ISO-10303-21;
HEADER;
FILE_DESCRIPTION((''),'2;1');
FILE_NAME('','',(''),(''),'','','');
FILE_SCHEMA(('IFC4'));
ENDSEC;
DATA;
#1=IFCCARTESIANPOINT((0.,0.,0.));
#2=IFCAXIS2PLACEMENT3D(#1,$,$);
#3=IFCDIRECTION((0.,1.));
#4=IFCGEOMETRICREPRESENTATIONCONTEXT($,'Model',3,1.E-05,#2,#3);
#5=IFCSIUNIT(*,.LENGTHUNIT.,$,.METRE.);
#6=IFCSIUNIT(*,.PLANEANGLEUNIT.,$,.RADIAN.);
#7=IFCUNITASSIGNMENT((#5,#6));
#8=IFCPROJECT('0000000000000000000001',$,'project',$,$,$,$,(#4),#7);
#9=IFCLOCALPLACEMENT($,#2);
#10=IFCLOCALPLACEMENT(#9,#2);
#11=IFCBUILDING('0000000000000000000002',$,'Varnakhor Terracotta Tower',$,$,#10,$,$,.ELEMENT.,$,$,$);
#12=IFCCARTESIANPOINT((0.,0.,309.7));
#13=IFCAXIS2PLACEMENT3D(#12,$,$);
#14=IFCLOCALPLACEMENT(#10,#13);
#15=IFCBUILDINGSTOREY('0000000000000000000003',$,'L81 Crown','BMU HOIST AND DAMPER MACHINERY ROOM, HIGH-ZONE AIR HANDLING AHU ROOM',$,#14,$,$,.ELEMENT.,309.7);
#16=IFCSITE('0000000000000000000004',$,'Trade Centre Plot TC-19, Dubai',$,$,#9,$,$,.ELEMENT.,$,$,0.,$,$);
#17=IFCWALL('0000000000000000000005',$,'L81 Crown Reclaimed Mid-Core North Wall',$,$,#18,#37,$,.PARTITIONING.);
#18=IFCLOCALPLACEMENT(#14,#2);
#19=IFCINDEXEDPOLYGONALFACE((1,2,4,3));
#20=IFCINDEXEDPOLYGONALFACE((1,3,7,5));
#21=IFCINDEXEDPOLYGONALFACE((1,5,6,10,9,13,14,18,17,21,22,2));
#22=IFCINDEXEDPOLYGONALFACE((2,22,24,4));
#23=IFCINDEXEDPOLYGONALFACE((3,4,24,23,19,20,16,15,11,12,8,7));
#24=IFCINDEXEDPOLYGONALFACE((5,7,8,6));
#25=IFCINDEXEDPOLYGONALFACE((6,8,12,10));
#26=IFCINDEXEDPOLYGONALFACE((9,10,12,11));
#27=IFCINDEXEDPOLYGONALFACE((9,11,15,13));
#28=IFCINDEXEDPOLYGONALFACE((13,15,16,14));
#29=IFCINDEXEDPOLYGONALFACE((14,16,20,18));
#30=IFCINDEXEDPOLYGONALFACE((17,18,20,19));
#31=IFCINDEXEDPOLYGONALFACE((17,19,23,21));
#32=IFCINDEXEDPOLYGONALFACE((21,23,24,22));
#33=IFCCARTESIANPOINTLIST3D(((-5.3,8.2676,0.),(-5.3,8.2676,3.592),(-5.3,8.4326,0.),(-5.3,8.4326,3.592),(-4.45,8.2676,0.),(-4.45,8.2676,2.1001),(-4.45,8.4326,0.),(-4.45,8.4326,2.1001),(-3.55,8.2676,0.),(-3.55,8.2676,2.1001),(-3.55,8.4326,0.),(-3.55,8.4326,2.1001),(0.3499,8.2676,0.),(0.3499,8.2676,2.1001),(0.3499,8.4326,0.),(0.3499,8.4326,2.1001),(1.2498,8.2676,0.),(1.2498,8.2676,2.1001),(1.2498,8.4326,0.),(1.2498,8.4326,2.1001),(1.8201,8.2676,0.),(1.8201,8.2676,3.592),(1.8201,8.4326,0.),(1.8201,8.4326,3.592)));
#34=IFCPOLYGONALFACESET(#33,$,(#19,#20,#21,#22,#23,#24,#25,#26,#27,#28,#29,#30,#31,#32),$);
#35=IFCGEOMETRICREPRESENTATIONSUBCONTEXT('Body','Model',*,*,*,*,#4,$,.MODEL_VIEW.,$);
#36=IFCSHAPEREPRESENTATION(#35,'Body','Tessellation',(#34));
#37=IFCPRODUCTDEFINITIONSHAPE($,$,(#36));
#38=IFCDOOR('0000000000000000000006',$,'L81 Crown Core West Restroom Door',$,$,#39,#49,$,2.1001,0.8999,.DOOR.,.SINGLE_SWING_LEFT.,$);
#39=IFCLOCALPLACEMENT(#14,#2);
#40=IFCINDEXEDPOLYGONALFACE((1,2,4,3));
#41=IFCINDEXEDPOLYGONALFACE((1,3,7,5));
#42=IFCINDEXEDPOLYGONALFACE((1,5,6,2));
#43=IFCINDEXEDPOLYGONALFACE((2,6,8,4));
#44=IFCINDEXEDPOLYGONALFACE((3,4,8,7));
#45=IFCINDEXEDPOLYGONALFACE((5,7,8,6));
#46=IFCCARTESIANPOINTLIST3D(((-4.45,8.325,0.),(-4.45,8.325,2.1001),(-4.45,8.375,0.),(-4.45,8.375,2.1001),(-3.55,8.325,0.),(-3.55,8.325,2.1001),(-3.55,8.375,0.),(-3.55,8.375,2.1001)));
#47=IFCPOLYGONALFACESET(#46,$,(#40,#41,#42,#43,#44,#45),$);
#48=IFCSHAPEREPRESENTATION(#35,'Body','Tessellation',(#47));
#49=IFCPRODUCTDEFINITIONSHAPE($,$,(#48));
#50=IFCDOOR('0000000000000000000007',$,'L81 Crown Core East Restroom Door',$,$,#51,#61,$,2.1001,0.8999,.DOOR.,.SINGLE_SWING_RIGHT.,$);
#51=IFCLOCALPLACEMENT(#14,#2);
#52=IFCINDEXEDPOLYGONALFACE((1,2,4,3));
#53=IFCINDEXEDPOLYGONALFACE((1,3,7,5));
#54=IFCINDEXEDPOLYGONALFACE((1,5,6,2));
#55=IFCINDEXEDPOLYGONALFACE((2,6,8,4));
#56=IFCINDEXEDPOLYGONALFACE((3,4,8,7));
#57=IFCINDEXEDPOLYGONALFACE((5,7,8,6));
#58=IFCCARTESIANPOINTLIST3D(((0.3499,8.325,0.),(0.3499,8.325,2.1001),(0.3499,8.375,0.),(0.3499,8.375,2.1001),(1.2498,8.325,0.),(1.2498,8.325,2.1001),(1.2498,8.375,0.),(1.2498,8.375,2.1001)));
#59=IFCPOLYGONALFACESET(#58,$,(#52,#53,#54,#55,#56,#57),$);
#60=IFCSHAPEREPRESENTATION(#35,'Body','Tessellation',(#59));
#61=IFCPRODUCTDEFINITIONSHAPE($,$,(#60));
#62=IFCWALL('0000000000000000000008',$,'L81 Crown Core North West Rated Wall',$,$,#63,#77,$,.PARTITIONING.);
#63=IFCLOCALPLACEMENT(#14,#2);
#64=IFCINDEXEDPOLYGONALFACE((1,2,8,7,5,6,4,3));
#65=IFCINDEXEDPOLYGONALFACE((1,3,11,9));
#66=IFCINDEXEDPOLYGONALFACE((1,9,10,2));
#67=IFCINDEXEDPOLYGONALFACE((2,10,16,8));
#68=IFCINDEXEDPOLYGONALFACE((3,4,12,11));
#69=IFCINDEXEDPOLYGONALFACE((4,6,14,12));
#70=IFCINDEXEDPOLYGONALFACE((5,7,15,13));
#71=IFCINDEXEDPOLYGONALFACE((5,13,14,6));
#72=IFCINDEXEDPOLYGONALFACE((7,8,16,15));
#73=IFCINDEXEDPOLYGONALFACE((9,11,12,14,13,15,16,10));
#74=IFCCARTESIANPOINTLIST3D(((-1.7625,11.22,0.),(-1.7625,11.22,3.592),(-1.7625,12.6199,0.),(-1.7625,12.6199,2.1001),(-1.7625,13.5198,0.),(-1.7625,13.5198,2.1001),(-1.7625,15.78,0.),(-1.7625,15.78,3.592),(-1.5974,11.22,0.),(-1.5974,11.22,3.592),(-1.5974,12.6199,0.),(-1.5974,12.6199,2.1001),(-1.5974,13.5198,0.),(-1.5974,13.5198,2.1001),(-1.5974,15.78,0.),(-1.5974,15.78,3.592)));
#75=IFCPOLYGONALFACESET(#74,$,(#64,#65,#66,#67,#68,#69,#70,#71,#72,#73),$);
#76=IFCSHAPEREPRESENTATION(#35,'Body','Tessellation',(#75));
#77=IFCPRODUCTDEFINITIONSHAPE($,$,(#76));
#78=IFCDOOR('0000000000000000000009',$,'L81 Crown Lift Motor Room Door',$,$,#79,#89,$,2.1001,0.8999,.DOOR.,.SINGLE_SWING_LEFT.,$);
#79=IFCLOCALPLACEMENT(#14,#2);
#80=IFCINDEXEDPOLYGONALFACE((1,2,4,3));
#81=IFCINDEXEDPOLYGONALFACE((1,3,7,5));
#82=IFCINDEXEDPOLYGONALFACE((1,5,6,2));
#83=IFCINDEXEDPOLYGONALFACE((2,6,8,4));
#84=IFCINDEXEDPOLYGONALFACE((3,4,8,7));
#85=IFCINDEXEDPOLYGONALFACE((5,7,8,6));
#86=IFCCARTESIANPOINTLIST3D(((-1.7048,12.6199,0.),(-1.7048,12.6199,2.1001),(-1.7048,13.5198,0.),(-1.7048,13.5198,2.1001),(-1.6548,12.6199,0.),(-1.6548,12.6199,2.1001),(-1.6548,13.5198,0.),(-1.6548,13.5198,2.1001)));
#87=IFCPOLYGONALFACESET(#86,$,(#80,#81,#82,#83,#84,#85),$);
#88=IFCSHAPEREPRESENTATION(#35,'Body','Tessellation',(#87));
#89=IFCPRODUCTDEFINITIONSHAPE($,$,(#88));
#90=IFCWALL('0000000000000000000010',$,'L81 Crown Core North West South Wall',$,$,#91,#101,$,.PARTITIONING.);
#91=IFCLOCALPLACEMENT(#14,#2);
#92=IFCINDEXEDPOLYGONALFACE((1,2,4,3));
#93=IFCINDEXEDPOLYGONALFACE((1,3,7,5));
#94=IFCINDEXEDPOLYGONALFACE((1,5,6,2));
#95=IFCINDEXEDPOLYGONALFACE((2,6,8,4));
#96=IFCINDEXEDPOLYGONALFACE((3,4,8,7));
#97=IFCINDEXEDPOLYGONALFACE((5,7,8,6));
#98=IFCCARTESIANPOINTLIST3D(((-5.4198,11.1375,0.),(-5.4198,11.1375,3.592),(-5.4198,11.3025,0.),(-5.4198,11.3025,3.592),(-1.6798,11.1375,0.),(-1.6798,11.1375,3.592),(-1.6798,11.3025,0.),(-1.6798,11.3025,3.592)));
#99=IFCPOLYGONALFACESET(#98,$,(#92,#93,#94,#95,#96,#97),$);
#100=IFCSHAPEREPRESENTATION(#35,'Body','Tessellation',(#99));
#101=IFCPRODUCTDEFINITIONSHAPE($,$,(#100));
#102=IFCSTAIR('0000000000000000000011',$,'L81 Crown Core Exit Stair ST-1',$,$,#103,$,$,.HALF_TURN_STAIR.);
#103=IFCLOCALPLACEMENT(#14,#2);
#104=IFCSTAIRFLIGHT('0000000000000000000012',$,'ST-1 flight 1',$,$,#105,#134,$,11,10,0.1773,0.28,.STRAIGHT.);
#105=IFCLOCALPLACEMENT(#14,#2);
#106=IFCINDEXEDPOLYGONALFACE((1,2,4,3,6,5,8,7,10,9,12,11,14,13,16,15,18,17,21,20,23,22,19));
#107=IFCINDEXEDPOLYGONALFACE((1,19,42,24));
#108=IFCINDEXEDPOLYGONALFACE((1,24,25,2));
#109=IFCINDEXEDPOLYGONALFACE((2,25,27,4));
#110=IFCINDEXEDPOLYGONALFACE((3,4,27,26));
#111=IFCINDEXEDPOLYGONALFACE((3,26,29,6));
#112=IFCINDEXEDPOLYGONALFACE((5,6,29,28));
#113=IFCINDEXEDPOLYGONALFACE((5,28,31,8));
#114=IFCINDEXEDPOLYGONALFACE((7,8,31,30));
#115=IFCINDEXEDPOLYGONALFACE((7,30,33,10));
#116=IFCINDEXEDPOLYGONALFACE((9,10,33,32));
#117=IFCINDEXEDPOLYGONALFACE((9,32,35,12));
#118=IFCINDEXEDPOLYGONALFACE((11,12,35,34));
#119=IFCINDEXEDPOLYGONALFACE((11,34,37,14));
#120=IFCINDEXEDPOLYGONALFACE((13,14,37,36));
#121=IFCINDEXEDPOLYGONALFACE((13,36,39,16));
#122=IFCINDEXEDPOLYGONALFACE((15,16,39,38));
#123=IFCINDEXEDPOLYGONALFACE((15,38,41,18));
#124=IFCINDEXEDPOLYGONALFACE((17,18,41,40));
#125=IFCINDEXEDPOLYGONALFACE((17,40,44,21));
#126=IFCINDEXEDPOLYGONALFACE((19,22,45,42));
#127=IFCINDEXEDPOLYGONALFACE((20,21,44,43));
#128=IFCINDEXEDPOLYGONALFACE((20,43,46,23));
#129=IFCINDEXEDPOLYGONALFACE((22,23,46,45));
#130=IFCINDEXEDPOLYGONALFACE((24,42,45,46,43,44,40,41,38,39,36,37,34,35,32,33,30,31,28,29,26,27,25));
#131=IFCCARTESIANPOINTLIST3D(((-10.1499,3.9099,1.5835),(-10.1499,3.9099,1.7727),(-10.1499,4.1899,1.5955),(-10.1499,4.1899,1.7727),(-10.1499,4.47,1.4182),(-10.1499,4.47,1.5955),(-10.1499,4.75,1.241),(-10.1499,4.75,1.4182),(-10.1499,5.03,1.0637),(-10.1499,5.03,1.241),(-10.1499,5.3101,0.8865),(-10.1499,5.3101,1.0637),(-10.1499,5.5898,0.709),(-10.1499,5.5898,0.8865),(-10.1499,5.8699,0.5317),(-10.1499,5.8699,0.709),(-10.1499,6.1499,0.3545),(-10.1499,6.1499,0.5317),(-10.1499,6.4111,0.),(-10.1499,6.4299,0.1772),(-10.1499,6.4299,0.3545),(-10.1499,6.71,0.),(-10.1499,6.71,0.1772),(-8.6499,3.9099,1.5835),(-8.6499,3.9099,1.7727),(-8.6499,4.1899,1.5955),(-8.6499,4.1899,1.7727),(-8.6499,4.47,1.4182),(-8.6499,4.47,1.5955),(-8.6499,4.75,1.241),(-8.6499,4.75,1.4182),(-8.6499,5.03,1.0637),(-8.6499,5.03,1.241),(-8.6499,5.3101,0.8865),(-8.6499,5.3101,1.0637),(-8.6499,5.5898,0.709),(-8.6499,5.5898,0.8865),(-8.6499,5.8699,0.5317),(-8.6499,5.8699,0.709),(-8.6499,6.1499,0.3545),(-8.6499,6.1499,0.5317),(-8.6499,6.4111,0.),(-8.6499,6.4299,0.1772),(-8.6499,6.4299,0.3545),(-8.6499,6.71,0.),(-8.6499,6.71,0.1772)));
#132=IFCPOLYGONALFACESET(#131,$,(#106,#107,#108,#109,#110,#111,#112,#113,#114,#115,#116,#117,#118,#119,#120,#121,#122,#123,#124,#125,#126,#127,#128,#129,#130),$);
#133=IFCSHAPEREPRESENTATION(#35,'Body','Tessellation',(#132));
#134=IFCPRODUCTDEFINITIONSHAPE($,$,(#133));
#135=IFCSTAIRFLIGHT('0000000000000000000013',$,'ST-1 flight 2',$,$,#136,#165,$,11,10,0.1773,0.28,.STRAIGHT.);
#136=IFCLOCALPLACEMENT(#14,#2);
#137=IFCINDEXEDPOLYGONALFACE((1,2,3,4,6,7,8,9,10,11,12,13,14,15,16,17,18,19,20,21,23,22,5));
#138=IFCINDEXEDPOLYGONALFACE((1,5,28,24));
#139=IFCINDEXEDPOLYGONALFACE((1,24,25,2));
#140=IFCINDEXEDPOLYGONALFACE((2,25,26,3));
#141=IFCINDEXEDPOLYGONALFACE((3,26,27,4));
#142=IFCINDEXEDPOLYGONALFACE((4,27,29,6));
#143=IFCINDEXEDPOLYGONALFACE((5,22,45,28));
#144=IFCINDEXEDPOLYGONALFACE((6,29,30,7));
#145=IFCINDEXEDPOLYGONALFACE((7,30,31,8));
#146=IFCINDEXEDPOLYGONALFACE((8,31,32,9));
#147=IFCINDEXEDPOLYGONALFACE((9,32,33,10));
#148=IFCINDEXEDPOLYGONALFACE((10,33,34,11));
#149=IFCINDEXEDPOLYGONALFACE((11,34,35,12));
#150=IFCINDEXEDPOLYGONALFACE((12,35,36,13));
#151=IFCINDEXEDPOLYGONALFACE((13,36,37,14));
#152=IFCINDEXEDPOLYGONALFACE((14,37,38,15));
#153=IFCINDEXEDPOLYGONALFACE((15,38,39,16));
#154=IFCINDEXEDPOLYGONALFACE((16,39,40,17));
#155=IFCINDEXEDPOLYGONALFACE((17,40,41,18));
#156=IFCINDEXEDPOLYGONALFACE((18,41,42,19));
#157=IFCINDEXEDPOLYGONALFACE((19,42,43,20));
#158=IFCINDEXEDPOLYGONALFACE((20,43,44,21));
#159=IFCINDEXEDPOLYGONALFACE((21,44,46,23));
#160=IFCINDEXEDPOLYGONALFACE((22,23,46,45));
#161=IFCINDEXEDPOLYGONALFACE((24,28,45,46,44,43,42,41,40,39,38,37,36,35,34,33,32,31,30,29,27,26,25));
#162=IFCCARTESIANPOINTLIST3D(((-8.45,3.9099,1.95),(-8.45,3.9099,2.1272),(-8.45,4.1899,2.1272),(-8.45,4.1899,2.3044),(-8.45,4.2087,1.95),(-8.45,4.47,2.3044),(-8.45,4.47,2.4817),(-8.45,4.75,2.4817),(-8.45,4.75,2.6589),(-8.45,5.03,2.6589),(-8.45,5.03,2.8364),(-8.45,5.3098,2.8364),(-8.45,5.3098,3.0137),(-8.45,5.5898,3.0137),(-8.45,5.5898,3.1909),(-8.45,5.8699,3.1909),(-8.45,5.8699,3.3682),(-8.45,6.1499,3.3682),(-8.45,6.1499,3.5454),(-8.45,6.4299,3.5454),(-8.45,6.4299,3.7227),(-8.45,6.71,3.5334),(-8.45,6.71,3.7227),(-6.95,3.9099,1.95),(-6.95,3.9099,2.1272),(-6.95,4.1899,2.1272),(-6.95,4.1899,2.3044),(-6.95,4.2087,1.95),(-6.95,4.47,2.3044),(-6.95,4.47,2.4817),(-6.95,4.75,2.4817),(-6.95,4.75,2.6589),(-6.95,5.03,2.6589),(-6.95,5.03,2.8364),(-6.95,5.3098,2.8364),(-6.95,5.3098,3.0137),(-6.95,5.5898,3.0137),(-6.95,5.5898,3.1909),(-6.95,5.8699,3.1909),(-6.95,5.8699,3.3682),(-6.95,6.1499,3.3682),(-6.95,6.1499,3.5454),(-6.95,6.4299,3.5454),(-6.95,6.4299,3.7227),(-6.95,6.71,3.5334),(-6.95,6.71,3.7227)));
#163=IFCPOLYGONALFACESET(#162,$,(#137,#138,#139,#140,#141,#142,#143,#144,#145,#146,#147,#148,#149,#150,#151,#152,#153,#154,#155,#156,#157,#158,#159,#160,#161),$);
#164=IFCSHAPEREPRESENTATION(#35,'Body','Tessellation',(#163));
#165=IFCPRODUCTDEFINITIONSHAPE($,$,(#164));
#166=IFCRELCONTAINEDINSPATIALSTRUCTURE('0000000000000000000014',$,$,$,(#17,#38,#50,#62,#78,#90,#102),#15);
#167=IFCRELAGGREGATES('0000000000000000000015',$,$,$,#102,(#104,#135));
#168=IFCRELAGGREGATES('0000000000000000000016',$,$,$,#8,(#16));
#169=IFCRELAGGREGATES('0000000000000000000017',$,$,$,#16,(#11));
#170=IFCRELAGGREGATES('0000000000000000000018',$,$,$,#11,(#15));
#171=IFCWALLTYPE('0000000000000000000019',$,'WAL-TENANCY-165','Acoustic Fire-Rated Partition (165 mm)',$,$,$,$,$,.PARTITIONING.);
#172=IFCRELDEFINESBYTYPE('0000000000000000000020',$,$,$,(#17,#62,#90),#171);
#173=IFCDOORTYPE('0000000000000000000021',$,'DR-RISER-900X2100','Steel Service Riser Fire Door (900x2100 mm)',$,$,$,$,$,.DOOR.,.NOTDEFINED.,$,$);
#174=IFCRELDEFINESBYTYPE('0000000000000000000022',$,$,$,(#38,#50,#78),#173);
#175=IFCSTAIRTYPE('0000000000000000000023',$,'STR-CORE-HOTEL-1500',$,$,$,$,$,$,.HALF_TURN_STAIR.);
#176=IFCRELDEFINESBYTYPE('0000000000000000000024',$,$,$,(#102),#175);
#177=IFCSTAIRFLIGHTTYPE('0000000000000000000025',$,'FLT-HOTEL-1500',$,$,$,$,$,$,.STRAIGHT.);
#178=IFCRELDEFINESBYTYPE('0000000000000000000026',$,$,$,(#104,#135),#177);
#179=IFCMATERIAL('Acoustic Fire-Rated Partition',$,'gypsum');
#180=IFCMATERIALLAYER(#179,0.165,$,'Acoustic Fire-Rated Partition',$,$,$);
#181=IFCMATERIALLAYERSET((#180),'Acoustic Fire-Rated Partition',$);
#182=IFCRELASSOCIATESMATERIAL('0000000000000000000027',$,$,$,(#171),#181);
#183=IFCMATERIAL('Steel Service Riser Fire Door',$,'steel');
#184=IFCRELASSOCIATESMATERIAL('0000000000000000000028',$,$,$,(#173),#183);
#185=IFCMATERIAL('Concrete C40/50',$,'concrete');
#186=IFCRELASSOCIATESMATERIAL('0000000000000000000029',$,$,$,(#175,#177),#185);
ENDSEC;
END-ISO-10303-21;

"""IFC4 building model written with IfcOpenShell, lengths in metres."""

from ifc_helpers import new_model, si_unit, direction, frame, frame_2d, origin, place, context, subcontext, project, spatial, polyline, rectangle, outline, extrude, source, transform, mapped, material, layer, layer_set, type_object, type_shapes, element, fill, aggregate, save


model = new_model("IFC4")

# Units and contexts
model_context = context("Model", 3, precision=1e-05, world=origin(), true_north=direction((0.0, 1.0)))
body_context = subcontext(model_context, "Body", "Model", "MODEL_VIEW")
ifc_project = project(units=[si_unit("LENGTHUNIT", "METRE"), si_unit("PLANEANGLEUNIT", "RADIAN")], contexts=[model_context])

# Site, building, storey
site_placement = place(None, origin())
site = spatial("IfcSite", under=ifc_project, at=site_placement, Name="Trade Centre Plot TC-19, Dubai", CompositionType="ELEMENT", RefElevation=0.0)
building_placement = place(site_placement, origin())
building = spatial("IfcBuilding", under=site, at=building_placement, Name="Varnakhor Terracotta Tower", CompositionType="ELEMENT")
storey_placement = place(building_placement, frame((0.0, 0.0, 309.7)))
storey = spatial("IfcBuildingStorey", under=building, at=storey_placement, Name="L81 Crown", Description="BMU HOIST AND DAMPER MACHINERY ROOM, HIGH-ZONE AIR HANDLING AHU ROOM", CompositionType="ELEMENT", Elevation=309.7)

# Shared definitions
ifc_material_1 = material(Name="Concrete C40/50", Category="concrete")

# Shared definitions
ifc_material_2 = material(Name="Acoustic Fire-Rated Partition", Category="gypsum")
ifc_layer_1 = layer(ifc_material_2, 0.165, Name="Acoustic Fire-Rated Partition")
ifc_layer_set_1 = layer_set([ifc_layer_1], Name="Acoustic Fire-Rated Partition")
wall_type_1 = type_object("IfcWallType", Name="WAL-TENANCY-165", Description="Acoustic Fire-Rated Partition (165 mm)", PredefinedType="PARTITIONING", material=ifc_layer_set_1)
ifc_material_3 = material(Name="Steel Service Riser Fire Door", Category="steel")
door_type_1 = type_object("IfcDoorType", Name="DR-RISER-900X2100", Description="Steel Service Riser Fire Door (900x2100 mm)", OperationType="NOTDEFINED", PredefinedType="DOOR", material=ifc_material_3)
shared_shape_1 = source(origin(), body_context, "Body", "SweptSolid", [
    extrude(rectangle(XDim=0.8999, YDim=2.1001, at=frame_2d((0.45, 1.05))), frame((0.0, 0.0249, 0.0), z_axis=(0.0, -1.0, 0.0), x_axis=(1.0, 0.0, 0.0)), (0.0, 0.0, 1.0), 0.05),
])
type_shapes(door_type_1, [shared_shape_1])

# Wall, openings, doors
wall_1_placement = place(storey_placement, frame((-5.3, 8.3501, 0.0), z_axis=(0.0, 0.0, 1.0), x_axis=(1.0, 0.0, 0.0)))
wall_1 = element("IfcWall", 1, at=wall_1_placement, inside=storey, type_object=wall_type_1, Name="L81 Crown Reclaimed Mid-Core North Wall", PredefinedType="PARTITIONING", context=body_context, shape_type="SweptSolid", body=[
    extrude(rectangle(XDim=7.1201, YDim=0.165, at=frame_2d((3.5601, 0.0))), origin(), (0.0, 0.0, 1.0), 3.592),
])
opening_1_placement = place(wall_1_placement, frame((0.8501, 0.0, 0.0)))
opening_1 = element("IfcOpeningElement", 2, at=opening_1_placement, cuts=wall_1, PredefinedType="OPENING", context=body_context, shape_type="SweptSolid", body=[
    extrude(rectangle(XDim=0.8999, YDim=2.1001, at=frame_2d((0.45, 1.05))), frame((0.0, 0.0925, 0.0), z_axis=(0.0, -1.0, 0.0), x_axis=(1.0, 0.0, 0.0)), (0.0, 0.0, 1.0), 0.1851),
])
opening_2_placement = place(wall_1_placement, frame((5.6499, 0.0, 0.0)))
opening_2 = element("IfcOpeningElement", 3, at=opening_2_placement, cuts=wall_1, PredefinedType="OPENING", context=body_context, shape_type="SweptSolid", body=[
    extrude(rectangle(XDim=0.8999, YDim=2.1001, at=frame_2d((0.45, 1.05))), frame((0.0, 0.0925, 0.0), z_axis=(0.0, -1.0, 0.0), x_axis=(1.0, 0.0, 0.0)), (0.0, 0.0, 1.0), 0.1851),
])
door_1_placement = place(opening_1_placement, origin())
door_1 = element("IfcDoor", 4, at=door_1_placement, inside=storey, type_object=door_type_1, Name="L81 Crown Core West Restroom Door", OperationType="SINGLE_SWING_LEFT", OverallHeight=2.1001, OverallWidth=0.8999, PredefinedType="DOOR", context=body_context, shape_type="MappedRepresentation", body=[
    mapped(shared_shape_1, transform((0.0, 0.0, 0.0), scale=1.0)),
])
fill(opening_1, door_1)
door_2_placement = place(opening_2_placement, origin())
door_2 = element("IfcDoor", 5, at=door_2_placement, inside=storey, type_object=door_type_1, Name="L81 Crown Core East Restroom Door", OperationType="SINGLE_SWING_RIGHT", OverallHeight=2.1001, OverallWidth=0.8999, PredefinedType="DOOR", context=body_context, shape_type="MappedRepresentation", body=[
    mapped(shared_shape_1, transform((0.0, 0.0, 0.0), scale=1.0)),
])
fill(opening_2, door_2)

# Wall, opening, door
wall_2_placement = place(storey_placement, frame((-1.6799, 11.22, 0.0), z_axis=(0.0, 0.0, 1.0), x_axis=(0.0, 1.0, 0.0)))
wall_2 = element("IfcWall", 6, at=wall_2_placement, inside=storey, type_object=wall_type_1, Name="L81 Crown Core North West Rated Wall", PredefinedType="PARTITIONING", context=body_context, shape_type="SweptSolid", body=[
    extrude(rectangle(XDim=4.5601, YDim=0.165, at=frame_2d((2.28, 0.0))), origin(), (0.0, 0.0, 1.0), 3.592),
])
opening_3_placement = place(wall_2_placement, frame((1.3999, 0.0, 0.0)))
opening_3 = element("IfcOpeningElement", 7, at=opening_3_placement, cuts=wall_2, PredefinedType="OPENING", context=body_context, shape_type="SweptSolid", body=[
    extrude(rectangle(XDim=0.8999, YDim=2.1001, at=frame_2d((0.45, 1.05))), frame((0.0, 0.0925, 0.0), z_axis=(0.0, -1.0, 0.0), x_axis=(1.0, 0.0, 0.0)), (0.0, 0.0, 1.0), 0.1851),
])
door_3_placement = place(opening_3_placement, origin())
door_3 = element("IfcDoor", 8, at=door_3_placement, inside=storey, type_object=door_type_1, Name="L81 Crown Lift Motor Room Door", OperationType="SINGLE_SWING_LEFT", OverallHeight=2.1001, OverallWidth=0.8999, PredefinedType="DOOR", context=body_context, shape_type="MappedRepresentation", body=[
    mapped(shared_shape_1, transform((0.0, 0.0, 0.0), scale=1.0)),
])
fill(opening_3, door_3)

# Wall
wall_3_placement = place(storey_placement, frame((-5.4199, 11.22, 0.0), z_axis=(0.0, 0.0, 1.0), x_axis=(1.0, 0.0, 0.0)))
element("IfcWall", 9, at=wall_3_placement, inside=storey, type_object=wall_type_1, Name="L81 Crown Core North West South Wall", PredefinedType="PARTITIONING", context=body_context, shape_type="SweptSolid", body=[
    extrude(rectangle(XDim=3.74, YDim=0.165, at=frame_2d((1.8701, 0.0))), origin(), (0.0, 0.0, 1.0), 3.592),
])

# Stair, stair flights
stair_type = type_object("IfcStairType", Name="STR-CORE-HOTEL-1500", PredefinedType="HALF_TURN_STAIR", material=ifc_material_1)
stair_placement = place(storey_placement, origin())
stair = element("IfcStair", 10, at=stair_placement, inside=storey, type_object=stair_type, Name="L81 Crown Core Exit Stair ST-1", PredefinedType="HALF_TURN_STAIR")
stair_flight_type = type_object("IfcStairFlightType", Name="FLT-HOTEL-1500", PredefinedType="STRAIGHT", material=ifc_material_1)
stair_flight_1_placement = place(storey_placement, frame((-9.3999, 6.71, 0.0), z_axis=(0.0, 0.0, 1.0), x_axis=(0.0, -1.0, 0.0)))
stair_flight_1 = element("IfcStairFlight", 11, at=stair_flight_1_placement, type_object=stair_flight_type, Name="ST-1 flight 1", NumberOfRisers=11, NumberOfTreads=10, PredefinedType="STRAIGHT", RiserHeight=0.1773, TreadLength=0.28, context=body_context, shape_type="SweptSolid", body=[
    extrude(outline(polyline([(0.0, 0.0), (0.0, 0.1772), (0.28, 0.1772), (0.28, 0.3545), (0.5601, 0.3545), (0.5601, 0.5317), (0.8401, 0.5317), (0.8401, 0.709), (1.1201, 0.709), (1.1201, 0.8865), (1.3999, 0.8865), (1.3999, 1.0637), (1.6799, 1.0637), (1.6799, 1.241), (1.96, 1.241), (1.96, 1.4182), (2.24, 1.4182), (2.24, 1.5955), (2.52, 1.5955), (2.52, 1.7727), (2.8, 1.7727), (2.8, 1.95), (2.8, 1.5835), (0.2988, 0.0), (0.0, 0.0)])), frame((0.0, 0.75, 0.0), z_axis=(0.0, -1.0, 0.0), x_axis=(1.0, 0.0, 0.0)), (0.0, 0.0, 1.0), 1.5),
])
stair_flight_2_placement = place(storey_placement, frame((-7.7, 3.9099, 1.95), z_axis=(0.0, 0.0, 1.0), x_axis=(0.0, 1.0, 0.0)))
stair_flight_2 = element("IfcStairFlight", 12, at=stair_flight_2_placement, type_object=stair_flight_type, Name="ST-1 flight 2", NumberOfRisers=11, NumberOfTreads=10, PredefinedType="STRAIGHT", RiserHeight=0.1773, TreadLength=0.28, context=body_context, shape_type="SweptSolid", body=[
    extrude(outline(polyline([(0.0, 0.0), (0.0, 0.1772), (0.28, 0.1772), (0.28, 0.3545), (0.5601, 0.3545), (0.5601, 0.5317), (0.8401, 0.5317), (0.8401, 0.709), (1.1201, 0.709), (1.1201, 0.8865), (1.3999, 0.8865), (1.3999, 1.0637), (1.6799, 1.0637), (1.6799, 1.241), (1.96, 1.241), (1.96, 1.4182), (2.24, 1.4182), (2.24, 1.5955), (2.52, 1.5955), (2.52, 1.7727), (2.8, 1.7727), (2.8, 1.95), (2.8, 1.5835), (0.2988, 0.0), (0.0, 0.0)])), frame((0.0, 0.75, 0.0), z_axis=(0.0, -1.0, 0.0), x_axis=(1.0, 0.0, 0.0)), (0.0, 0.0, 1.0), 1.5),
])
aggregate(stair, [stair_flight_1, stair_flight_2])

save(model, "model.ifc")
